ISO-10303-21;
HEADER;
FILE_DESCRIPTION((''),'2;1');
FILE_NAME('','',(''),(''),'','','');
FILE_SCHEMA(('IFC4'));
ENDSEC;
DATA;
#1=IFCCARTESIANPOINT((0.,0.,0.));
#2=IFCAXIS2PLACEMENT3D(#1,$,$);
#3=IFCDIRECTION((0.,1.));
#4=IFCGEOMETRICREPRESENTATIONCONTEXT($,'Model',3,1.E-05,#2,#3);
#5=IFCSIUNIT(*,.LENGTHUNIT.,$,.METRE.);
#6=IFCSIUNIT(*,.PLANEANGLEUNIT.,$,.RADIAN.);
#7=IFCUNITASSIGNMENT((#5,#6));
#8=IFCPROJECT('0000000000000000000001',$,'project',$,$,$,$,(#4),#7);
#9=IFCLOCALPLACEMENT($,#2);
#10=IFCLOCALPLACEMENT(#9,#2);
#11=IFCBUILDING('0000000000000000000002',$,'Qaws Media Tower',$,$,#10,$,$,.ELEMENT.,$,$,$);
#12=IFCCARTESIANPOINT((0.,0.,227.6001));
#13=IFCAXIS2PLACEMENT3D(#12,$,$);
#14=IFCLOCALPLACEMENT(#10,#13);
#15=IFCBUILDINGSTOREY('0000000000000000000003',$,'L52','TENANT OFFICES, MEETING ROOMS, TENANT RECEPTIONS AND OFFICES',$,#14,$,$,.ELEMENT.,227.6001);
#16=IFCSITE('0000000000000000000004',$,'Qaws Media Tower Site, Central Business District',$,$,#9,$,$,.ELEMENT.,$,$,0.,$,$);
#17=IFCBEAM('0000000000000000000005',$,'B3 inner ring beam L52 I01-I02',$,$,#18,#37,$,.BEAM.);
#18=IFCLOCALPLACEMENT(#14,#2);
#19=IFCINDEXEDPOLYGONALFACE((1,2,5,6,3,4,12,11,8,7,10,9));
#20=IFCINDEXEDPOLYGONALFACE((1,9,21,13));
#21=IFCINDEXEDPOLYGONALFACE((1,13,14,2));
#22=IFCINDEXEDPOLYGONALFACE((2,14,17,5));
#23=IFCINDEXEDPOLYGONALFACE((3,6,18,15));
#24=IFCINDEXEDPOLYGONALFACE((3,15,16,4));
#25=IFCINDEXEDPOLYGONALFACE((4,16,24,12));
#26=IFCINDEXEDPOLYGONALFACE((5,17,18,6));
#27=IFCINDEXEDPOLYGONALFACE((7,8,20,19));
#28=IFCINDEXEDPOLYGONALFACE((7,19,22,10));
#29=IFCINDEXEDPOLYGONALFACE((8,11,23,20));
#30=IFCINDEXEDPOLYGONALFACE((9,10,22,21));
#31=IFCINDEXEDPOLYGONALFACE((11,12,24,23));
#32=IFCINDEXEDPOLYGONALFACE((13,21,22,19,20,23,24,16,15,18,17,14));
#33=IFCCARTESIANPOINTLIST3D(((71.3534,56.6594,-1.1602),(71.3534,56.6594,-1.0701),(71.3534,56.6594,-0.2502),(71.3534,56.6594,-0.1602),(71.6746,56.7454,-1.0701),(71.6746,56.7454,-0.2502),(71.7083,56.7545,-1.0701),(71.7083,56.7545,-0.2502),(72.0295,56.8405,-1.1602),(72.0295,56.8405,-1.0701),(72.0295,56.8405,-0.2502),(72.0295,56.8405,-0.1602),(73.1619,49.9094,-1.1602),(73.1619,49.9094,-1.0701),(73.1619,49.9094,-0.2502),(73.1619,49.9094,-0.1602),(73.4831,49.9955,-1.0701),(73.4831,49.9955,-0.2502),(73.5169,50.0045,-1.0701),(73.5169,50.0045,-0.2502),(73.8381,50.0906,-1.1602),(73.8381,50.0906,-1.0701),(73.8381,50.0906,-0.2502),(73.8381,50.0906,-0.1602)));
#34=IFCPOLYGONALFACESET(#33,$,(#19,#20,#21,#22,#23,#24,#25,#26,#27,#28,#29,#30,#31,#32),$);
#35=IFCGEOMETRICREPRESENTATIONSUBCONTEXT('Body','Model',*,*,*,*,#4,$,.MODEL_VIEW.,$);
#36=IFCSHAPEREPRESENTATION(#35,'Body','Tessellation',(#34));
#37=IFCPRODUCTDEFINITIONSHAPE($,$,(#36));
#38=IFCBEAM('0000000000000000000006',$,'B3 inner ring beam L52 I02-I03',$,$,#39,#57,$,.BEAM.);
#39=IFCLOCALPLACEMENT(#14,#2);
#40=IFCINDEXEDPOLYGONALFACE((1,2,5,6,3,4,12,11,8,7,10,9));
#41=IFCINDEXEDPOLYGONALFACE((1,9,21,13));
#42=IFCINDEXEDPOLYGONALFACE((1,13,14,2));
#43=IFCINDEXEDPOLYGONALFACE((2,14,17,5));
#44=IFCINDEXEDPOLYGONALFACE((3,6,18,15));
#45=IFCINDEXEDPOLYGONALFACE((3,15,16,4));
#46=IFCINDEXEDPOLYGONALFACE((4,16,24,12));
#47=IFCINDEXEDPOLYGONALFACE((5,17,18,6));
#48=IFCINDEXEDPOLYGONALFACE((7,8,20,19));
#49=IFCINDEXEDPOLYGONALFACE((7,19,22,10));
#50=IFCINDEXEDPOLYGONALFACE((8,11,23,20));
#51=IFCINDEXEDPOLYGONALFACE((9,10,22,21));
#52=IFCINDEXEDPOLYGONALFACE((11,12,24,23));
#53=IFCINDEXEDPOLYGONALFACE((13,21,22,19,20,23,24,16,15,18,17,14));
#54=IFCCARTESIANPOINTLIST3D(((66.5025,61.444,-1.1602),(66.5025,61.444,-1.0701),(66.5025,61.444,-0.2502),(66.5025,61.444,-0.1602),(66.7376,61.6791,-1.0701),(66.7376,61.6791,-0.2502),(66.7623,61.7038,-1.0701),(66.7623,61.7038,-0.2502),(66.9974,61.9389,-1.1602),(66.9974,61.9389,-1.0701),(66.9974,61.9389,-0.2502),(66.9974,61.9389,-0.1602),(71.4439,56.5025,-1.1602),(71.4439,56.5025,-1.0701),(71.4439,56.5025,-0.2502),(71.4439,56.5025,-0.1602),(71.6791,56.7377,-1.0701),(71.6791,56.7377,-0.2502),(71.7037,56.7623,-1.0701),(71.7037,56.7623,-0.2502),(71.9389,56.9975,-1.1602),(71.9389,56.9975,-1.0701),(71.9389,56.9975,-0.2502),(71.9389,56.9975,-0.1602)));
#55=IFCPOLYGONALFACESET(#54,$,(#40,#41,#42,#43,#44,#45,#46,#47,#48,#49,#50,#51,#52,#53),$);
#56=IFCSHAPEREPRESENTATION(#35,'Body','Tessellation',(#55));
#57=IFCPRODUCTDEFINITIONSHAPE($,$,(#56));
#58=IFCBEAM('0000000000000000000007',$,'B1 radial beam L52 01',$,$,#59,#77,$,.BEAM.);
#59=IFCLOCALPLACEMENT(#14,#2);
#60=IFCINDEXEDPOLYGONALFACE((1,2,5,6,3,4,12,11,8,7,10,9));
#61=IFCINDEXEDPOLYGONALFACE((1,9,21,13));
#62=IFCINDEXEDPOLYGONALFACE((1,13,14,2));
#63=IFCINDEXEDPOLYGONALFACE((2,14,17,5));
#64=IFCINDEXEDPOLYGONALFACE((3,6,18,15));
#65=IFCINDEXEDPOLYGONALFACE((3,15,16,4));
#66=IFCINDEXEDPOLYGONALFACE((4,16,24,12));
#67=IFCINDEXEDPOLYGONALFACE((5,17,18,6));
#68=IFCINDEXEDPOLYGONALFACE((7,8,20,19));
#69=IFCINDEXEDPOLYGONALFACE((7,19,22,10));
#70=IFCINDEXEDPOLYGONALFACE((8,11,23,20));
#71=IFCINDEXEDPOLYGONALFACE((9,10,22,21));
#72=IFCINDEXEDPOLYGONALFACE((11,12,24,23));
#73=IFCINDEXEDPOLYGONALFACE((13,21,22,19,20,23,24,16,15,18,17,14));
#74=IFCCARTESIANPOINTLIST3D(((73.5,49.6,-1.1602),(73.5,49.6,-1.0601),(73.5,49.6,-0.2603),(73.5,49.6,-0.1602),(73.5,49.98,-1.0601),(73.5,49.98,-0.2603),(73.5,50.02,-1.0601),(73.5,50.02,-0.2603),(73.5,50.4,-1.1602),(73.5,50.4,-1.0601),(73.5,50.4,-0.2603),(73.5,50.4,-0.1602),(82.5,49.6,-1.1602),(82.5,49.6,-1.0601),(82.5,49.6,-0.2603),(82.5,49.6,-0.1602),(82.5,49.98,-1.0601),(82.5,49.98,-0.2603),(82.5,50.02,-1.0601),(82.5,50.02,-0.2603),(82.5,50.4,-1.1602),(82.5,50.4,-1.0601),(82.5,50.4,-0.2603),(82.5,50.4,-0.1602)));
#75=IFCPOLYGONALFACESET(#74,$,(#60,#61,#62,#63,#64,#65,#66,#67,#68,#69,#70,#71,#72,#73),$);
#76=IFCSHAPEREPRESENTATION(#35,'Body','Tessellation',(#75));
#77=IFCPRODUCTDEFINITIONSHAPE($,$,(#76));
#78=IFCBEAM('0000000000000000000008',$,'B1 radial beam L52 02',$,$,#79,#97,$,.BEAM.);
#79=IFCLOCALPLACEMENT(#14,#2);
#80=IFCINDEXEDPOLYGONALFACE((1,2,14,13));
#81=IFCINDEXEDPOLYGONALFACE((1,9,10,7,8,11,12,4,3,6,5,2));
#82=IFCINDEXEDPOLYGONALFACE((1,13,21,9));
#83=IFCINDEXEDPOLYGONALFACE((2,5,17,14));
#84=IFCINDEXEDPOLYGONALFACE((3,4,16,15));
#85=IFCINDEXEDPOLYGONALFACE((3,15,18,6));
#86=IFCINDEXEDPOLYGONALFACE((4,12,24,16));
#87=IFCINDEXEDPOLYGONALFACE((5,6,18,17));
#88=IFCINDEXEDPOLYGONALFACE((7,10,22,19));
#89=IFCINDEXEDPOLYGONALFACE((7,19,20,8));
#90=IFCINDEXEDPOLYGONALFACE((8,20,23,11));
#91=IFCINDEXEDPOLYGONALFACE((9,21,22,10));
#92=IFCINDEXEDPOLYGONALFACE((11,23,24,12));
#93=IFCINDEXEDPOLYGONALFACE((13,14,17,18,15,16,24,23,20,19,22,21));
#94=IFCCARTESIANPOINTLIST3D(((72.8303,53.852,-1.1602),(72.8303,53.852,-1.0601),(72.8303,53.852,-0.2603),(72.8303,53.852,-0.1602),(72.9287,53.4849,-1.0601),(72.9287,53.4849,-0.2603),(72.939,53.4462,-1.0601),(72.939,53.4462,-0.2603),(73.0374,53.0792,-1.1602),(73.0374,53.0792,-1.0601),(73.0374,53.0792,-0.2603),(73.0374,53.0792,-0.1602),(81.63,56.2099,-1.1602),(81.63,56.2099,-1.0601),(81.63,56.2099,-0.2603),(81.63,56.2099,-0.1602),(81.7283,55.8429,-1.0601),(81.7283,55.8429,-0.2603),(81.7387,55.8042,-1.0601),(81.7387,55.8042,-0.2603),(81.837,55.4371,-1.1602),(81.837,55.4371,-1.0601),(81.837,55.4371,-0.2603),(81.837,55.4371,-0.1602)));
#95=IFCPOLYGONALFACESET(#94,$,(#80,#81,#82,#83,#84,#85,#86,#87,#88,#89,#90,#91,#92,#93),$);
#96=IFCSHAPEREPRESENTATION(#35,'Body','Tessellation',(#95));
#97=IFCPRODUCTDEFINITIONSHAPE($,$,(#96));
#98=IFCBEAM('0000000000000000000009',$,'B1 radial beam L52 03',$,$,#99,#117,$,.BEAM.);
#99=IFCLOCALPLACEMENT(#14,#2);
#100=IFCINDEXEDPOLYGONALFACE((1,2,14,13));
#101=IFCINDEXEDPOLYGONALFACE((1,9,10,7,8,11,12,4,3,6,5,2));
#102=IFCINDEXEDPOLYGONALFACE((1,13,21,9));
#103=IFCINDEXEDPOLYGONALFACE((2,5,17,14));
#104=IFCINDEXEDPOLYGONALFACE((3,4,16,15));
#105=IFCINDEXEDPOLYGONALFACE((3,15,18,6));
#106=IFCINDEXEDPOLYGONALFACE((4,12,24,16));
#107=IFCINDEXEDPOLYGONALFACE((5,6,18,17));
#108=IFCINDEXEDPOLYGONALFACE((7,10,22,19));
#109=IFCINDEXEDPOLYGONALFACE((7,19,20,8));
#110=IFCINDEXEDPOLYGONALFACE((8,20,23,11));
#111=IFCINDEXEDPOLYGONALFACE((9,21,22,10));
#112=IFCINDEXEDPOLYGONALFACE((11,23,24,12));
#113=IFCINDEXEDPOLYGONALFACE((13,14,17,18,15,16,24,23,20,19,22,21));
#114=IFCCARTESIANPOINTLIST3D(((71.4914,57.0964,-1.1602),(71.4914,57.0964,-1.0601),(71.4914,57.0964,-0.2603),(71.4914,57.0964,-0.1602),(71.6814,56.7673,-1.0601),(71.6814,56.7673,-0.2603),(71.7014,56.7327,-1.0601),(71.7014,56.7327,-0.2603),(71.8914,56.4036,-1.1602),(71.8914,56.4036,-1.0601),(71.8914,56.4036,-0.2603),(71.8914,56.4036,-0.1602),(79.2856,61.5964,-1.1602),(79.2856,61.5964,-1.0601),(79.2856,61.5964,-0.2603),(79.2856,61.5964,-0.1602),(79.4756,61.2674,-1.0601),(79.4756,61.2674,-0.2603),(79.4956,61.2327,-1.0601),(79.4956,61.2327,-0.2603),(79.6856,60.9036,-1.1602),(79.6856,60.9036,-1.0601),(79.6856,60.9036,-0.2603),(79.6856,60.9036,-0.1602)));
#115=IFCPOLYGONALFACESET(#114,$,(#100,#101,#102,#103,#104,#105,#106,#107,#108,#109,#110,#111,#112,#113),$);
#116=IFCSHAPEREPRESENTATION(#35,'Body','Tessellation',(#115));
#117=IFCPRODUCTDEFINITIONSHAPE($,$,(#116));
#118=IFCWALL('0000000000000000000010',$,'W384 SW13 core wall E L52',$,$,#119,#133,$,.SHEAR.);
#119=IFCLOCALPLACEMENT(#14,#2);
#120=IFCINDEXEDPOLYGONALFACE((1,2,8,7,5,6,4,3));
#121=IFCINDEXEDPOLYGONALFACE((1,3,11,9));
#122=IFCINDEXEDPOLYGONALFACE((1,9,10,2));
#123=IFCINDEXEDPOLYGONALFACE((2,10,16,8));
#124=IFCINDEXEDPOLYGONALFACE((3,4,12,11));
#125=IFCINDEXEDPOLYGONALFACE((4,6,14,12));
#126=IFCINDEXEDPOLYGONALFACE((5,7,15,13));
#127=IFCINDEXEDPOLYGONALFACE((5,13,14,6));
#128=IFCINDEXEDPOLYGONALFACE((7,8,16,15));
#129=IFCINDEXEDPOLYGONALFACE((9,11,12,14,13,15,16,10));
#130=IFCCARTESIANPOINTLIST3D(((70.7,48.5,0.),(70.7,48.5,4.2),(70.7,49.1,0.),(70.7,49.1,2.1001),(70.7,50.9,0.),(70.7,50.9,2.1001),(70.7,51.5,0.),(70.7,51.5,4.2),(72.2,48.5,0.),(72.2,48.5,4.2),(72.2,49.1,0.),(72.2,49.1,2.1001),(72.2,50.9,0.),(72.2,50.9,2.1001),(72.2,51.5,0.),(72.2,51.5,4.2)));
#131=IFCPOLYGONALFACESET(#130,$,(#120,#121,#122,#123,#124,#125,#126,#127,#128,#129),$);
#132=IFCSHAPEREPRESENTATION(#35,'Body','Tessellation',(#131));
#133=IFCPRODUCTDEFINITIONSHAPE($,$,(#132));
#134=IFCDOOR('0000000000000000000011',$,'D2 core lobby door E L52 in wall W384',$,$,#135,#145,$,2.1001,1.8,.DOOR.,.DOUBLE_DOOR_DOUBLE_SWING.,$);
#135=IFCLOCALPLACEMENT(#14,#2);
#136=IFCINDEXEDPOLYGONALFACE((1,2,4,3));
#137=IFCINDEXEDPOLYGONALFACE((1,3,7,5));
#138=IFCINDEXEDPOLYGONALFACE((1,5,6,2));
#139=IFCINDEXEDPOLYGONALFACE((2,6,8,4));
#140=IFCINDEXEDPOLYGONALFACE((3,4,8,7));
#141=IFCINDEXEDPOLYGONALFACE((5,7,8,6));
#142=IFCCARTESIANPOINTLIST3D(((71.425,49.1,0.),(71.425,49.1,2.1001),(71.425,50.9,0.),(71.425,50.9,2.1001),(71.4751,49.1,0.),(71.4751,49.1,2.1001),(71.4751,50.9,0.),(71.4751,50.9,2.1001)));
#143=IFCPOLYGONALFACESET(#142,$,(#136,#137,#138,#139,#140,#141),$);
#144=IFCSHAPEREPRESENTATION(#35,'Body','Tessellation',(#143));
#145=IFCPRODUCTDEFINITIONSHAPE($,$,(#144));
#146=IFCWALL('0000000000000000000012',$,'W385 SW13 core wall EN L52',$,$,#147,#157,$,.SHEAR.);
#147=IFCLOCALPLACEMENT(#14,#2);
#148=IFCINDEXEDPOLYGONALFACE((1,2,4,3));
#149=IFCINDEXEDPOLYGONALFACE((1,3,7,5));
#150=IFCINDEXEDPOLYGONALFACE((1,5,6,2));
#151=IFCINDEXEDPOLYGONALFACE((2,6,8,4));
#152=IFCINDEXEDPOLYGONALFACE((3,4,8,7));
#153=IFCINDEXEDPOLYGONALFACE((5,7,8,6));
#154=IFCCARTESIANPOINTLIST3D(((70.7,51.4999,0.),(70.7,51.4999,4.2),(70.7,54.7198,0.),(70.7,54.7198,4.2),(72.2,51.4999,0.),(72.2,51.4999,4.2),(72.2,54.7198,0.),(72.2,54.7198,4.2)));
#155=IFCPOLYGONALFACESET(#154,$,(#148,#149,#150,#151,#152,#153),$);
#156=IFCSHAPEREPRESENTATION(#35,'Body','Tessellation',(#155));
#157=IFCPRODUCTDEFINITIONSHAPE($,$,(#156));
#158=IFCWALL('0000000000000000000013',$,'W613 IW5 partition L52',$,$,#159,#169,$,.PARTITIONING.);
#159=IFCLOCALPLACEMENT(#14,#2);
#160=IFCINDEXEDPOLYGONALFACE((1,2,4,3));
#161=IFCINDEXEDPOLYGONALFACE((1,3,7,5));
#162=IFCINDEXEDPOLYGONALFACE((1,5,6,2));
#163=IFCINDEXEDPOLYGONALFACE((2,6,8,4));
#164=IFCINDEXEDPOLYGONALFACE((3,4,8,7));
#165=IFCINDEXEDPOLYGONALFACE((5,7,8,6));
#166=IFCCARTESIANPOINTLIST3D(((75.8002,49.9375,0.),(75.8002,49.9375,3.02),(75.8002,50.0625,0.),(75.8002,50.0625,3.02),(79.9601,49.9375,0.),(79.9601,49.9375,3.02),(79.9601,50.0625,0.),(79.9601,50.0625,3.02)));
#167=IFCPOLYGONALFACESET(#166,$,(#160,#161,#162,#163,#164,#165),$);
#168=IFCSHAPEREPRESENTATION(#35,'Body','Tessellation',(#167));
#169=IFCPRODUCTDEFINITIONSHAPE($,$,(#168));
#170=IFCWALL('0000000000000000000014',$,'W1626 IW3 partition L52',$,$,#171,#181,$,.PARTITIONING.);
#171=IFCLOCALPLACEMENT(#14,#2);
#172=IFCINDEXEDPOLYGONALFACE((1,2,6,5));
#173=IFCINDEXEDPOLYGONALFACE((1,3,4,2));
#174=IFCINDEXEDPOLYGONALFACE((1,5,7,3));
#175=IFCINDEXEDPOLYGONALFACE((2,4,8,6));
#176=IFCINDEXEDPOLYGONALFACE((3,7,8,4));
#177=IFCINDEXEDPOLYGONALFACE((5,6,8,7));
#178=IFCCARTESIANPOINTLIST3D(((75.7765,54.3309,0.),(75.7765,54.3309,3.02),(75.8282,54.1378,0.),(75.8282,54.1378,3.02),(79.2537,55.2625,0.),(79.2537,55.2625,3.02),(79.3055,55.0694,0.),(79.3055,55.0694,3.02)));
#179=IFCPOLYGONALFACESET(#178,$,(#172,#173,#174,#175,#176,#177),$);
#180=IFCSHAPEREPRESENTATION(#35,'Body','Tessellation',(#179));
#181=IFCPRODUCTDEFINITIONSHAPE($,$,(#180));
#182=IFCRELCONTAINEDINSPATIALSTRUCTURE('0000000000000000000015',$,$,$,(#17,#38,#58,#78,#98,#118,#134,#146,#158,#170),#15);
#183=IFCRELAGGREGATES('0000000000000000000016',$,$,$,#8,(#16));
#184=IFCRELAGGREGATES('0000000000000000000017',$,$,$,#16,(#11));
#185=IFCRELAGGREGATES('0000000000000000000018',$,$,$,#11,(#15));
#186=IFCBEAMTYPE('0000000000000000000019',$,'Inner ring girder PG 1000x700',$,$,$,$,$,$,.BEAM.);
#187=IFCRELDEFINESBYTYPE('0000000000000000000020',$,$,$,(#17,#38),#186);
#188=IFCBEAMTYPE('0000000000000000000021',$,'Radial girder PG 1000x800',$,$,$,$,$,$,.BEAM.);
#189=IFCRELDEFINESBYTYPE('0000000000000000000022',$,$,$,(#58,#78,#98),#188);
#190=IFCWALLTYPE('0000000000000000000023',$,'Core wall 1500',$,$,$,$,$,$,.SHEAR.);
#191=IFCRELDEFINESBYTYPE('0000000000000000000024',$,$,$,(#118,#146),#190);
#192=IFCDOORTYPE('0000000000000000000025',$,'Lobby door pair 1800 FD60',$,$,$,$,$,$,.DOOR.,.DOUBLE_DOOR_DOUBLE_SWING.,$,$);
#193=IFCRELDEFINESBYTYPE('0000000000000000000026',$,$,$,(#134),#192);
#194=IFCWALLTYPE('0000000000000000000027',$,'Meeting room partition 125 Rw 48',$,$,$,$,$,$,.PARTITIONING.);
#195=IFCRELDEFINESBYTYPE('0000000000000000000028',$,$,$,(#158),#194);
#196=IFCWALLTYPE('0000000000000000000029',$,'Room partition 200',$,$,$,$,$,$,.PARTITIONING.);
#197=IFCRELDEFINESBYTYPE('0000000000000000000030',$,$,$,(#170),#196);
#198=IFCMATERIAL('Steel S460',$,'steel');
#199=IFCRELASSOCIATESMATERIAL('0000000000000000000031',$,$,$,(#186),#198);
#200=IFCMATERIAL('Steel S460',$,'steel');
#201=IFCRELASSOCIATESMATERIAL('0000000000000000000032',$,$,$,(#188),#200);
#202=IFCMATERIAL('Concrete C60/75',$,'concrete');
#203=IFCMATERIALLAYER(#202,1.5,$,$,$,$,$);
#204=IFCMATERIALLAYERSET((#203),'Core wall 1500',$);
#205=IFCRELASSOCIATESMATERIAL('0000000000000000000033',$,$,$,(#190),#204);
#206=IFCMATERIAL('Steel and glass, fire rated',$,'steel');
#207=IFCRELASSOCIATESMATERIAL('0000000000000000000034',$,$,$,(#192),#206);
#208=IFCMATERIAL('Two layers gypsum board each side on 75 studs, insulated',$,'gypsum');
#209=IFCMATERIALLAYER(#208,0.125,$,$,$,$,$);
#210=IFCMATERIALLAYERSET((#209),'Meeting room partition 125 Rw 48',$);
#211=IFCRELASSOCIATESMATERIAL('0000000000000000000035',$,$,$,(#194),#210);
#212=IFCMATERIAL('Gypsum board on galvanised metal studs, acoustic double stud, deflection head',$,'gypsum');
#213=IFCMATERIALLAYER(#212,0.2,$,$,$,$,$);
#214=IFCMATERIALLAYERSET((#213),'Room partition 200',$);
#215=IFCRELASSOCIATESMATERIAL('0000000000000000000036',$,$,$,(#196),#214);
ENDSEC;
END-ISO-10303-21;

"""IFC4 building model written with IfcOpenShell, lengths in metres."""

from ifc_helpers import new_model, si_unit, direction, frame, frame_2d, origin, origin_2d, place, context, subcontext, project, spatial, rectangle, i_section, extrude, material, layer, layer_set, material_profile, profile_set, type_object, element, fill, save


model = new_model("IFC4")

# Units and contexts
model_context = context("Model", 3, precision=1e-05, world=origin(), true_north=direction((0.0, 1.0)))
body_context = subcontext(model_context, "Body", "Model", "MODEL_VIEW")
ifc_project = project(units=[si_unit("LENGTHUNIT", "METRE"), si_unit("PLANEANGLEUNIT", "RADIAN")], contexts=[model_context])

# Site, building, storey
site_placement = place(None, origin())
site = spatial("IfcSite", under=ifc_project, at=site_placement, Name="Qaws Media Tower Site, Central Business District", CompositionType="ELEMENT", RefElevation=0.0)
building_placement = place(site_placement, origin())
building = spatial("IfcBuilding", under=site, at=building_placement, Name="Qaws Media Tower", CompositionType="ELEMENT")
storey_placement = place(building_placement, frame((0.0, 0.0, 227.6001)))
storey = spatial("IfcBuildingStorey", under=building, at=storey_placement, Name="L52", Description="TENANT OFFICES, MEETING ROOMS, TENANT RECEPTIONS AND OFFICES", CompositionType="ELEMENT", Elevation=227.6001)

# Beams
ifc_material_1 = material(Name="Steel S460", Category="steel")
ifc_material_profile_1 = material_profile(ifc_material_1, i_section(OverallWidth=0.7, OverallDepth=1.0, WebThickness=0.0349, FlangeThickness=0.0901, at=origin_2d()), Name="PG 1000x700")
ifc_profile_set_1 = profile_set([ifc_material_profile_1], Name="Steel S460")
beam_type_1 = type_object("IfcBeamType", Name="Inner ring girder PG 1000x700", PredefinedType="BEAM", material=ifc_profile_set_1)
beam_1_placement = place(storey_placement, frame((73.5, 50.0, -0.6602), z_axis=(-0.258811, 0.965928, 0.0), x_axis=(-0.965928, -0.258811, 0.0)))
element("IfcBeam", 1, at=beam_1_placement, inside=storey, type_object=beam_type_1, Name="B3 inner ring beam L52 I01-I02", PredefinedType="BEAM", context=body_context, shape_type="SweptSolid", body=[
    extrude(i_section(OverallWidth=0.7, OverallDepth=1.0, WebThickness=0.0349, FlangeThickness=0.0901, at=origin_2d()), origin(), (0.0, 0.0, 1.0), 6.988),
])
beam_2_placement = place(storey_placement, frame((71.6914, 56.75, -0.6602), z_axis=(-0.707107, 0.707107, 0.0), x_axis=(-0.707107, -0.707107, 0.0)))
element("IfcBeam", 2, at=beam_2_placement, inside=storey, type_object=beam_type_1, Name="B3 inner ring beam L52 I02-I03", PredefinedType="BEAM", context=body_context, shape_type="SweptSolid", body=[
    extrude(i_section(OverallWidth=0.7, OverallDepth=1.0, WebThickness=0.0349, FlangeThickness=0.0901, at=origin_2d()), origin(), (0.0, 0.0, 1.0), 6.9883),
])
ifc_material_2 = material(Name="Steel S460", Category="steel")
ifc_material_profile_2 = material_profile(ifc_material_2, i_section(OverallWidth=0.8, OverallDepth=1.0, WebThickness=0.04, FlangeThickness=0.1001, at=origin_2d()), Name="PG 1000x800")
ifc_profile_set_2 = profile_set([ifc_material_profile_2], Name="Steel S460")
beam_type_2 = type_object("IfcBeamType", Name="Radial girder PG 1000x800", PredefinedType="BEAM", material=ifc_profile_set_2)
beam_3_placement = place(storey_placement, frame((73.5, 50.0, -0.6602), z_axis=(1.0, 0.0, 0.0), x_axis=(0.0, 1.0, 0.0)))
element("IfcBeam", 3, at=beam_3_placement, inside=storey, type_object=beam_type_2, Name="B1 radial beam L52 01", PredefinedType="BEAM", context=body_context, shape_type="SweptSolid", body=[
    extrude(i_section(OverallWidth=0.8, OverallDepth=1.0, WebThickness=0.04, FlangeThickness=0.1001, at=origin_2d()), origin(), (0.0, 0.0, 1.0), 9.0),
])
beam_4_placement = place(storey_placement, frame((72.9338, 53.4656, -0.6602), z_axis=(0.965924, 0.258827, 0.0), x_axis=(-0.258827, 0.965924, 0.0)))
element("IfcBeam", 4, at=beam_4_placement, inside=storey, type_object=beam_type_2, Name="B1 radial beam L52 02", PredefinedType="BEAM", context=body_context, shape_type="SweptSolid", body=[
    extrude(i_section(OverallWidth=0.8, OverallDepth=1.0, WebThickness=0.04, FlangeThickness=0.1001, at=origin_2d()), origin(), (0.0, 0.0, 1.0), 9.1101),
])
beam_5_placement = place(storey_placement, frame((71.6914, 56.75, -0.6602), z_axis=(0.866024, 0.500002, 0.0), x_axis=(-0.500002, 0.866024, 0.0)))
element("IfcBeam", 5, at=beam_5_placement, inside=storey, type_object=beam_type_2, Name="B1 radial beam L52 03", PredefinedType="BEAM", context=body_context, shape_type="SweptSolid", body=[
    extrude(i_section(OverallWidth=0.8, OverallDepth=1.0, WebThickness=0.04, FlangeThickness=0.1001, at=origin_2d()), origin(), (0.0, 0.0, 1.0), 9.0),
])

# Wall, opening, door
ifc_material_3 = material(Name="Concrete C60/75", Category="concrete")
ifc_layer_1 = layer(ifc_material_3, 1.5)
ifc_layer_set_1 = layer_set([ifc_layer_1], Name="Core wall 1500")
wall_type_1 = type_object("IfcWallType", Name="Core wall 1500", PredefinedType="SHEAR", material=ifc_layer_set_1)
wall_1_placement = place(storey_placement, frame((71.45, 48.5, 0.0), z_axis=(0.0, 0.0, 1.0), x_axis=(0.0, 1.0, 0.0)))
wall_1 = element("IfcWall", 6, at=wall_1_placement, inside=storey, type_object=wall_type_1, Name="W384 SW13 core wall E L52", PredefinedType="SHEAR", context=body_context, shape_type="SweptSolid", body=[
    extrude(rectangle(XDim=3.0, YDim=1.5, at=frame_2d((1.5, 0.0))), origin(), (0.0, 0.0, 1.0), 4.2),
])
opening_1_placement = place(wall_1_placement, frame((0.6001, 0.0, 0.0)))
opening_1 = element("IfcOpeningElement", 7, at=opening_1_placement, cuts=wall_1, PredefinedType="OPENING", context=body_context, shape_type="SweptSolid", body=[
    extrude(rectangle(XDim=1.8, YDim=2.1001, at=frame_2d((0.8999, 1.05))), frame((0.0, 0.76, 0.0), z_axis=(0.0, -1.0, 0.0), x_axis=(1.0, 0.0, 0.0)), (0.0, 0.0, 1.0), 1.52),
])
ifc_material_4 = material(Name="Steel and glass, fire rated", Category="steel")
door_type_1 = type_object("IfcDoorType", Name="Lobby door pair 1800 FD60", OperationType="DOUBLE_DOOR_DOUBLE_SWING", PredefinedType="DOOR", material=ifc_material_4)
door_1_placement = place(opening_1_placement, origin())
door_1 = element("IfcDoor", 8, at=door_1_placement, inside=storey, type_object=door_type_1, Name="D2 core lobby door E L52 in wall W384", OperationType="DOUBLE_DOOR_DOUBLE_SWING", OverallHeight=2.1001, OverallWidth=1.8, PredefinedType="DOOR", context=body_context, shape_type="SweptSolid", body=[
    extrude(rectangle(XDim=1.8, YDim=2.1001, at=frame_2d((0.8999, 1.05))), frame((0.0, 0.0249, 0.0), z_axis=(0.0, -1.0, 0.0), x_axis=(1.0, 0.0, 0.0)), (0.0, 0.0, 1.0), 0.05),
])
fill(opening_1, door_1)

# Walls
wall_2_placement = place(storey_placement, frame((71.45, 51.5, 0.0), z_axis=(0.0, 0.0, 1.0), x_axis=(0.0, 1.0, 0.0)))
element("IfcWall", 9, at=wall_2_placement, inside=storey, type_object=wall_type_1, Name="W385 SW13 core wall EN L52", PredefinedType="SHEAR", context=body_context, shape_type="SweptSolid", body=[
    extrude(rectangle(XDim=3.22, YDim=1.5, at=frame_2d((1.6099, 0.0))), origin(), (0.0, 0.0, 1.0), 4.2),
])
ifc_material_5 = material(Name="Two layers gypsum board each side on 75 studs, insulated", Category="gypsum")
ifc_layer_2 = layer(ifc_material_5, 0.125)
ifc_layer_set_2 = layer_set([ifc_layer_2], Name="Meeting room partition 125 Rw 48")
wall_type_2 = type_object("IfcWallType", Name="Meeting room partition 125 Rw 48", PredefinedType="PARTITIONING", material=ifc_layer_set_2)
wall_3_placement = place(storey_placement, frame((75.8, 50.0, 0.0), z_axis=(0.0, 0.0, 1.0), x_axis=(1.0, 0.0, 0.0)))
element("IfcWall", 10, at=wall_3_placement, inside=storey, type_object=wall_type_2, Name="W613 IW5 partition L52", PredefinedType="PARTITIONING", context=body_context, shape_type="SweptSolid", body=[
    extrude(rectangle(XDim=4.1599, YDim=0.125, at=frame_2d((2.0801, 0.0))), origin(), (0.0, 0.0, 1.0), 3.02),
])

# Shared definitions
ifc_material_6 = material(Name="Gypsum board on galvanised metal studs, acoustic double stud, deflection head", Category="gypsum")
ifc_layer_3 = layer(ifc_material_6, 0.2)
ifc_layer_set_3 = layer_set([ifc_layer_3], Name="Room partition 200")
wall_type_3 = type_object("IfcWallType", Name="Room partition 200", PredefinedType="PARTITIONING", material=ifc_layer_set_3)

# Wall
wall_4_placement = place(storey_placement, frame((75.8025, 54.2344, 0.0), z_axis=(0.0, 0.0, 1.0), x_axis=(0.965933, 0.258794, 0.0)))
element("IfcWall", 11, at=wall_4_placement, inside=storey, type_object=wall_type_3, Name="W1626 IW3 partition L52", PredefinedType="PARTITIONING", context=body_context, shape_type="SweptSolid", body=[
    extrude(rectangle(XDim=3.5999, YDim=0.2, at=frame_2d((1.7998, 0.0))), origin(), (0.0, 0.0, 1.0), 3.02),
])

save(model, "model.ifc")
